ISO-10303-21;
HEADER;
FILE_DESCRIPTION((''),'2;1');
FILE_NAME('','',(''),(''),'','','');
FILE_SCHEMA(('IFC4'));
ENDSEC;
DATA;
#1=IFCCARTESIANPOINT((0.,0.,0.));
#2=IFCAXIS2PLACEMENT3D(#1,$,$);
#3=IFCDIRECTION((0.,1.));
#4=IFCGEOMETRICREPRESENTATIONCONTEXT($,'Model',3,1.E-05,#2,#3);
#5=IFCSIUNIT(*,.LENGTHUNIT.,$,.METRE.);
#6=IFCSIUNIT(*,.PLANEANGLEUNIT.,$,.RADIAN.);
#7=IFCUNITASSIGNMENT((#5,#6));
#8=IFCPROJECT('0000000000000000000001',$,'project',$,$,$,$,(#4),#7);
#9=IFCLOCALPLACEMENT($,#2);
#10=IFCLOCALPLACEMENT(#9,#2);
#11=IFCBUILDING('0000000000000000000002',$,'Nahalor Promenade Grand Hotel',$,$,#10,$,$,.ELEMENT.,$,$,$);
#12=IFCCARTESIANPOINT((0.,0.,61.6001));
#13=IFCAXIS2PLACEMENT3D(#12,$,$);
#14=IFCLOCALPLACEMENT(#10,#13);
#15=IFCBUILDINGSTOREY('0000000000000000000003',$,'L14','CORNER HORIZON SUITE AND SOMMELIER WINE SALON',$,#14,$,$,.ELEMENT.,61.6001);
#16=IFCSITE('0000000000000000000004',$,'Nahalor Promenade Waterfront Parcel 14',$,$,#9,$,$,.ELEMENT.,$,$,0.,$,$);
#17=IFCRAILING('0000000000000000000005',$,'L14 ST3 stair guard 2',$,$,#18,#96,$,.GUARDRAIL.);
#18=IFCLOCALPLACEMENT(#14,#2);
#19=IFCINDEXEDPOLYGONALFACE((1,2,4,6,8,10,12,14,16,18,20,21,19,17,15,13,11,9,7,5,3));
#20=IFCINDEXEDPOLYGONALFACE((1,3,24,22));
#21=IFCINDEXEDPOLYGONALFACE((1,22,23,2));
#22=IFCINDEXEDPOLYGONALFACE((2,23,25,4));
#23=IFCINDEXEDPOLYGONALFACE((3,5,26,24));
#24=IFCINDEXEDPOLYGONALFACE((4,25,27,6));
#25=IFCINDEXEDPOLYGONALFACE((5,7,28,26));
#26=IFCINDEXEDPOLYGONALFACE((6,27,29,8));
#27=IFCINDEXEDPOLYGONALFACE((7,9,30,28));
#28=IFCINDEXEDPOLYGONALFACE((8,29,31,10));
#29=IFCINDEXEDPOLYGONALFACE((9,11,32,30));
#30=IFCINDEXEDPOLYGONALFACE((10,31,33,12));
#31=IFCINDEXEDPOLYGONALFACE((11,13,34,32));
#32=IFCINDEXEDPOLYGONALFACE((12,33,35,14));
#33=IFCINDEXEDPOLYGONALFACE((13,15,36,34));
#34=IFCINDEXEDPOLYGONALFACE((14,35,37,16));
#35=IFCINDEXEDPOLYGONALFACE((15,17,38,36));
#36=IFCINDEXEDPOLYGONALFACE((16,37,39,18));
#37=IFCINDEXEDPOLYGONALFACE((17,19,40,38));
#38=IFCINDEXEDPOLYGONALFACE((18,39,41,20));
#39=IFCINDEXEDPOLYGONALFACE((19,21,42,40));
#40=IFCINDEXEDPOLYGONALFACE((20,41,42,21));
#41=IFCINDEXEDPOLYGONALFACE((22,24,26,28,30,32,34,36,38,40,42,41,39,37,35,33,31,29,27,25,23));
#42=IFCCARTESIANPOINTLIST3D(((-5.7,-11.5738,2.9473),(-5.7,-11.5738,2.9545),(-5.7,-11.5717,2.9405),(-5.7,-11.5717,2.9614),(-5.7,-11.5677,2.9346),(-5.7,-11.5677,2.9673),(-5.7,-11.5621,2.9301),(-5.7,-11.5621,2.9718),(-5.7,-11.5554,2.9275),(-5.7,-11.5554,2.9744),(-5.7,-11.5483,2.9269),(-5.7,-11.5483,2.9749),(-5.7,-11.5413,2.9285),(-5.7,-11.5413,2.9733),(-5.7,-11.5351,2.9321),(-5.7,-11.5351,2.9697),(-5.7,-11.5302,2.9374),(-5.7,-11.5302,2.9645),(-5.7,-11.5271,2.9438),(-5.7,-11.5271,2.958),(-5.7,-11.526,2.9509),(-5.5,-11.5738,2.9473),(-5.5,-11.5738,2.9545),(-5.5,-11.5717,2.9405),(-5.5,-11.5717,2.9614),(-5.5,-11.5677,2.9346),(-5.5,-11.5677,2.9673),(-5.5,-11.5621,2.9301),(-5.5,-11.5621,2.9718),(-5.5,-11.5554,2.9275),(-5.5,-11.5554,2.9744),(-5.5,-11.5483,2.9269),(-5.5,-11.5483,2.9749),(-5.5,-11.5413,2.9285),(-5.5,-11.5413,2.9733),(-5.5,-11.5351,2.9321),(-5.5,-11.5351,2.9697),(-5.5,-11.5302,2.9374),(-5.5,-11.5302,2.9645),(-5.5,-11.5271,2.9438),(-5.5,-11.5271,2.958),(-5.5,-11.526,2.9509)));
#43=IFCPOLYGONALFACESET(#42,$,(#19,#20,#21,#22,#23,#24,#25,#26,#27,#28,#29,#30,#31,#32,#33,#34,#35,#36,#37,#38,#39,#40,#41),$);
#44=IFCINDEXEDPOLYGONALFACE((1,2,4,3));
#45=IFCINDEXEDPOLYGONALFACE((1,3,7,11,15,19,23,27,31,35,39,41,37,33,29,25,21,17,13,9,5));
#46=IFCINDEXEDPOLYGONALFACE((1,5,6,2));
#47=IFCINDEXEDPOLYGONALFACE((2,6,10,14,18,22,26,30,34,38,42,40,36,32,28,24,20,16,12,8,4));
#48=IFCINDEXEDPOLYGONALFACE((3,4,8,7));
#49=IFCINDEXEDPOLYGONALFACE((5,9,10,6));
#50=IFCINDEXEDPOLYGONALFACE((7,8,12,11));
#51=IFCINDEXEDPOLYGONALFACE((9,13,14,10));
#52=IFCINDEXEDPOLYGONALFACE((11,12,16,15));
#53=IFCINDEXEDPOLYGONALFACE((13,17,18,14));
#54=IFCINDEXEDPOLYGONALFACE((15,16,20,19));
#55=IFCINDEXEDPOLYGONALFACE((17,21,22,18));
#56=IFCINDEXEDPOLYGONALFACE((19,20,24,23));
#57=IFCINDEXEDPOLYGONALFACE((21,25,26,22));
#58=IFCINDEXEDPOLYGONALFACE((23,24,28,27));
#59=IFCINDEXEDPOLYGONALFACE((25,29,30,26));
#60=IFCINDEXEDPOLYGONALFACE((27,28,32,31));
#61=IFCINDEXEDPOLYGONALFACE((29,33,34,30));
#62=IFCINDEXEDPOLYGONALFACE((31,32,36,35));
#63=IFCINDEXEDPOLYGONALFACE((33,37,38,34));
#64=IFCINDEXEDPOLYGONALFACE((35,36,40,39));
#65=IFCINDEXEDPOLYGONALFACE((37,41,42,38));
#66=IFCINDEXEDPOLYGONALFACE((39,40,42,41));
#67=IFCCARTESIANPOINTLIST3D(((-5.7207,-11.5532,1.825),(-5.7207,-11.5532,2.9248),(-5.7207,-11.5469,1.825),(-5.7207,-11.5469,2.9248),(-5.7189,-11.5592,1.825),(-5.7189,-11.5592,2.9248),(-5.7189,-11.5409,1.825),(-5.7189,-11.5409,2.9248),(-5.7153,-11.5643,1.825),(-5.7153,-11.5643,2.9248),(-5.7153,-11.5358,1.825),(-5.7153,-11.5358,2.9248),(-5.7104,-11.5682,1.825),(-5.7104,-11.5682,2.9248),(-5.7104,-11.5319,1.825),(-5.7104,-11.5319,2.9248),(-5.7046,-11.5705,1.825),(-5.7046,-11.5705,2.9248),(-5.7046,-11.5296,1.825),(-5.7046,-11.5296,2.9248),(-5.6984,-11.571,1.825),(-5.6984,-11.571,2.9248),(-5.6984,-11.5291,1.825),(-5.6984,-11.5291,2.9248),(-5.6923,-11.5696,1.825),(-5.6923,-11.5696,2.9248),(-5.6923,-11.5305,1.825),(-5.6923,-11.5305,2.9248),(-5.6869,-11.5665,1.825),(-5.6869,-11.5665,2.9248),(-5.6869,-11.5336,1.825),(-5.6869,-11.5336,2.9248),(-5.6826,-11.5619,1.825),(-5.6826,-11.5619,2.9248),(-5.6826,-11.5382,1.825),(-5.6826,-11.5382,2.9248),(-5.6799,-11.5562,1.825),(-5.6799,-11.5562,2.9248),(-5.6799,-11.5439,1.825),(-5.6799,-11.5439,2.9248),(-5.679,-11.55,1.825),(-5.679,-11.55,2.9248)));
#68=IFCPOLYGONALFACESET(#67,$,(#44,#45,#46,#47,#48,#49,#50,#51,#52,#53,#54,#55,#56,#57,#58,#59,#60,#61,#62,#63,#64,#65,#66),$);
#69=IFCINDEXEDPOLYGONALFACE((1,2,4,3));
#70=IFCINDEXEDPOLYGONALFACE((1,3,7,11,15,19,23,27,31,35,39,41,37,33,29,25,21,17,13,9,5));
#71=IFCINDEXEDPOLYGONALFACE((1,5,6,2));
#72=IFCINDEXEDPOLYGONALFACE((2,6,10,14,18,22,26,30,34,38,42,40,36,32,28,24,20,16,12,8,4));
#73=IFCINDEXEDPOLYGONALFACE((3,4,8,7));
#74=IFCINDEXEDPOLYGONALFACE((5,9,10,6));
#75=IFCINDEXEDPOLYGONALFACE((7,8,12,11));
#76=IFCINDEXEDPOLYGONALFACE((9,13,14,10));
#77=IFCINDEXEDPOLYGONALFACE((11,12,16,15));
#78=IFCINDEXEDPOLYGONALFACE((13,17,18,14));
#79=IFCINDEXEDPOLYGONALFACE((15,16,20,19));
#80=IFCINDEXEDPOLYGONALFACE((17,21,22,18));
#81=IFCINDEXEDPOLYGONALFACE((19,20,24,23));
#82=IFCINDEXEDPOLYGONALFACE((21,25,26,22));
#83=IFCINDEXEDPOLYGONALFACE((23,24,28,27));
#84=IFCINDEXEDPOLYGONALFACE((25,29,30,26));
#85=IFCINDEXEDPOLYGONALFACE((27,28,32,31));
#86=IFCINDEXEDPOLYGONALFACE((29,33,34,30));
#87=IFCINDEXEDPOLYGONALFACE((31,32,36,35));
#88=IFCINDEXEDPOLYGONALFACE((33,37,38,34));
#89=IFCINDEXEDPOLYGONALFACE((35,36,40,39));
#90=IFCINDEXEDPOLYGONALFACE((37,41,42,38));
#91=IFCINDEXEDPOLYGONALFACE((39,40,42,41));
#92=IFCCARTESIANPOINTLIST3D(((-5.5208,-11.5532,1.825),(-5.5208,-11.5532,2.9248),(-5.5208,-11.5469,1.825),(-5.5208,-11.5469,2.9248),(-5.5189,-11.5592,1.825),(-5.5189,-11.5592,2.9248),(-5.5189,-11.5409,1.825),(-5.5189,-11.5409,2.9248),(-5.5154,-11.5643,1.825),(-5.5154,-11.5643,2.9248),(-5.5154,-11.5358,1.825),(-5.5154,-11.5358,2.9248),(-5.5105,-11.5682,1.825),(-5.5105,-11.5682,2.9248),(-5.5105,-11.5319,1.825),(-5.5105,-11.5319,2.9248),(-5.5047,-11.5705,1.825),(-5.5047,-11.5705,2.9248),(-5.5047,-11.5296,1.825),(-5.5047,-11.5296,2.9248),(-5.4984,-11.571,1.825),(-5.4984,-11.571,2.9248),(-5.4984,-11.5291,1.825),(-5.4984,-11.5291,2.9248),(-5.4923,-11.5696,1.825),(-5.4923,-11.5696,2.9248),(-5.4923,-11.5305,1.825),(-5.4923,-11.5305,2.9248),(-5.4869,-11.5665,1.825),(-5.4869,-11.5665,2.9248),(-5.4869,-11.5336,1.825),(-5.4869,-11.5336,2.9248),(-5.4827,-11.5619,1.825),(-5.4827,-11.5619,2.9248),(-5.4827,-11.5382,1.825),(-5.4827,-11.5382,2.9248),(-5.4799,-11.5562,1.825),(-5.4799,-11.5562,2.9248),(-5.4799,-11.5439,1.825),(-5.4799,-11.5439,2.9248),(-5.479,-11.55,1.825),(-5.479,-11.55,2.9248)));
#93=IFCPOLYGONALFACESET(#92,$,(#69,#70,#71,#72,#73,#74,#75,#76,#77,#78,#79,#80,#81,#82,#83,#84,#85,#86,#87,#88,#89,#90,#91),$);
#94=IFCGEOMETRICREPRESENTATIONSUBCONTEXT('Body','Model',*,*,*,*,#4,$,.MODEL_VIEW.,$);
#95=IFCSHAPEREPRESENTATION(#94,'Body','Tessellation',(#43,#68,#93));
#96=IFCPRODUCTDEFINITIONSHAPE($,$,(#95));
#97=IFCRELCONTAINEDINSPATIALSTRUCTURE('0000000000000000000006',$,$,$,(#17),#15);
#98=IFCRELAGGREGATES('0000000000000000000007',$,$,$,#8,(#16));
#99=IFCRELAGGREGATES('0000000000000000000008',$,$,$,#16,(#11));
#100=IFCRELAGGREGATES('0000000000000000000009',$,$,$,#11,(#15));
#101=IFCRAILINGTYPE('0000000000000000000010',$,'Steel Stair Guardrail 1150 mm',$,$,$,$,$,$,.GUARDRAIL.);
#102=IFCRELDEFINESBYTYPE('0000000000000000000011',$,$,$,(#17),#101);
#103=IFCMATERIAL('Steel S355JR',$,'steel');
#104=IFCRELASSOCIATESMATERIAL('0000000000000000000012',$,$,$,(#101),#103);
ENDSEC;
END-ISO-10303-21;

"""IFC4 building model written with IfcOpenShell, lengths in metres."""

from ifc_helpers import new_model, si_unit, direction, frame, origin, origin_2d, place, context, subcontext, project, spatial, circle, extrude, material, type_object, element, save


model = new_model("IFC4")

# Units and contexts
model_context = context("Model", 3, precision=1e-05, world=origin(), true_north=direction((0.0, 1.0)))
body_context = subcontext(model_context, "Body", "Model", "MODEL_VIEW")
ifc_project = project(units=[si_unit("LENGTHUNIT", "METRE"), si_unit("PLANEANGLEUNIT", "RADIAN")], contexts=[model_context])

# Site, building, storey
site_placement = place(None, origin())
site = spatial("IfcSite", under=ifc_project, at=site_placement, Name="Nahalor Promenade Waterfront Parcel 14", CompositionType="ELEMENT", RefElevation=0.0)
building_placement = place(site_placement, origin())
building = spatial("IfcBuilding", under=site, at=building_placement, Name="Nahalor Promenade Grand Hotel", CompositionType="ELEMENT")
storey_placement = place(building_placement, frame((0.0, 0.0, 61.6001)))
storey = spatial("IfcBuildingStorey", under=building, at=storey_placement, Name="L14", Description="CORNER HORIZON SUITE AND SOMMELIER WINE SALON", CompositionType="ELEMENT", Elevation=61.6001)

# Shared definitions
ifc_material_1 = material(Name="Steel S355JR", Category="steel")

# Railing
railing_type_1 = type_object("IfcRailingType", Name="Steel Stair Guardrail 1150 mm", PredefinedType="GUARDRAIL", material=ifc_material_1)
railing_1_placement = place(storey_placement, frame((-5.7, -11.55, 1.825)))
element("IfcRailing", 1, at=railing_1_placement, inside=storey, type_object=railing_type_1, Name="L14 ST3 stair guard 2", PredefinedType="GUARDRAIL", context=body_context, shape_type="SweptSolid", body=[
    extrude(circle(Radius=0.024, at=origin_2d()), frame((0.0, 0.0, 1.126), z_axis=(1.0, 0.0, 0.0), x_axis=(0.0, 1.0, 0.0)), (0.0, 0.0, 1.0), 0.2),
    extrude(circle(Radius=0.021, at=origin_2d()), origin(), (0.0, 0.0, 1.0), 1.0999),
    extrude(circle(Radius=0.021, at=origin_2d()), frame((0.2, 0.0, 0.0)), (0.0, 0.0, 1.0), 1.0999),
])

save(model, "model.ifc")
